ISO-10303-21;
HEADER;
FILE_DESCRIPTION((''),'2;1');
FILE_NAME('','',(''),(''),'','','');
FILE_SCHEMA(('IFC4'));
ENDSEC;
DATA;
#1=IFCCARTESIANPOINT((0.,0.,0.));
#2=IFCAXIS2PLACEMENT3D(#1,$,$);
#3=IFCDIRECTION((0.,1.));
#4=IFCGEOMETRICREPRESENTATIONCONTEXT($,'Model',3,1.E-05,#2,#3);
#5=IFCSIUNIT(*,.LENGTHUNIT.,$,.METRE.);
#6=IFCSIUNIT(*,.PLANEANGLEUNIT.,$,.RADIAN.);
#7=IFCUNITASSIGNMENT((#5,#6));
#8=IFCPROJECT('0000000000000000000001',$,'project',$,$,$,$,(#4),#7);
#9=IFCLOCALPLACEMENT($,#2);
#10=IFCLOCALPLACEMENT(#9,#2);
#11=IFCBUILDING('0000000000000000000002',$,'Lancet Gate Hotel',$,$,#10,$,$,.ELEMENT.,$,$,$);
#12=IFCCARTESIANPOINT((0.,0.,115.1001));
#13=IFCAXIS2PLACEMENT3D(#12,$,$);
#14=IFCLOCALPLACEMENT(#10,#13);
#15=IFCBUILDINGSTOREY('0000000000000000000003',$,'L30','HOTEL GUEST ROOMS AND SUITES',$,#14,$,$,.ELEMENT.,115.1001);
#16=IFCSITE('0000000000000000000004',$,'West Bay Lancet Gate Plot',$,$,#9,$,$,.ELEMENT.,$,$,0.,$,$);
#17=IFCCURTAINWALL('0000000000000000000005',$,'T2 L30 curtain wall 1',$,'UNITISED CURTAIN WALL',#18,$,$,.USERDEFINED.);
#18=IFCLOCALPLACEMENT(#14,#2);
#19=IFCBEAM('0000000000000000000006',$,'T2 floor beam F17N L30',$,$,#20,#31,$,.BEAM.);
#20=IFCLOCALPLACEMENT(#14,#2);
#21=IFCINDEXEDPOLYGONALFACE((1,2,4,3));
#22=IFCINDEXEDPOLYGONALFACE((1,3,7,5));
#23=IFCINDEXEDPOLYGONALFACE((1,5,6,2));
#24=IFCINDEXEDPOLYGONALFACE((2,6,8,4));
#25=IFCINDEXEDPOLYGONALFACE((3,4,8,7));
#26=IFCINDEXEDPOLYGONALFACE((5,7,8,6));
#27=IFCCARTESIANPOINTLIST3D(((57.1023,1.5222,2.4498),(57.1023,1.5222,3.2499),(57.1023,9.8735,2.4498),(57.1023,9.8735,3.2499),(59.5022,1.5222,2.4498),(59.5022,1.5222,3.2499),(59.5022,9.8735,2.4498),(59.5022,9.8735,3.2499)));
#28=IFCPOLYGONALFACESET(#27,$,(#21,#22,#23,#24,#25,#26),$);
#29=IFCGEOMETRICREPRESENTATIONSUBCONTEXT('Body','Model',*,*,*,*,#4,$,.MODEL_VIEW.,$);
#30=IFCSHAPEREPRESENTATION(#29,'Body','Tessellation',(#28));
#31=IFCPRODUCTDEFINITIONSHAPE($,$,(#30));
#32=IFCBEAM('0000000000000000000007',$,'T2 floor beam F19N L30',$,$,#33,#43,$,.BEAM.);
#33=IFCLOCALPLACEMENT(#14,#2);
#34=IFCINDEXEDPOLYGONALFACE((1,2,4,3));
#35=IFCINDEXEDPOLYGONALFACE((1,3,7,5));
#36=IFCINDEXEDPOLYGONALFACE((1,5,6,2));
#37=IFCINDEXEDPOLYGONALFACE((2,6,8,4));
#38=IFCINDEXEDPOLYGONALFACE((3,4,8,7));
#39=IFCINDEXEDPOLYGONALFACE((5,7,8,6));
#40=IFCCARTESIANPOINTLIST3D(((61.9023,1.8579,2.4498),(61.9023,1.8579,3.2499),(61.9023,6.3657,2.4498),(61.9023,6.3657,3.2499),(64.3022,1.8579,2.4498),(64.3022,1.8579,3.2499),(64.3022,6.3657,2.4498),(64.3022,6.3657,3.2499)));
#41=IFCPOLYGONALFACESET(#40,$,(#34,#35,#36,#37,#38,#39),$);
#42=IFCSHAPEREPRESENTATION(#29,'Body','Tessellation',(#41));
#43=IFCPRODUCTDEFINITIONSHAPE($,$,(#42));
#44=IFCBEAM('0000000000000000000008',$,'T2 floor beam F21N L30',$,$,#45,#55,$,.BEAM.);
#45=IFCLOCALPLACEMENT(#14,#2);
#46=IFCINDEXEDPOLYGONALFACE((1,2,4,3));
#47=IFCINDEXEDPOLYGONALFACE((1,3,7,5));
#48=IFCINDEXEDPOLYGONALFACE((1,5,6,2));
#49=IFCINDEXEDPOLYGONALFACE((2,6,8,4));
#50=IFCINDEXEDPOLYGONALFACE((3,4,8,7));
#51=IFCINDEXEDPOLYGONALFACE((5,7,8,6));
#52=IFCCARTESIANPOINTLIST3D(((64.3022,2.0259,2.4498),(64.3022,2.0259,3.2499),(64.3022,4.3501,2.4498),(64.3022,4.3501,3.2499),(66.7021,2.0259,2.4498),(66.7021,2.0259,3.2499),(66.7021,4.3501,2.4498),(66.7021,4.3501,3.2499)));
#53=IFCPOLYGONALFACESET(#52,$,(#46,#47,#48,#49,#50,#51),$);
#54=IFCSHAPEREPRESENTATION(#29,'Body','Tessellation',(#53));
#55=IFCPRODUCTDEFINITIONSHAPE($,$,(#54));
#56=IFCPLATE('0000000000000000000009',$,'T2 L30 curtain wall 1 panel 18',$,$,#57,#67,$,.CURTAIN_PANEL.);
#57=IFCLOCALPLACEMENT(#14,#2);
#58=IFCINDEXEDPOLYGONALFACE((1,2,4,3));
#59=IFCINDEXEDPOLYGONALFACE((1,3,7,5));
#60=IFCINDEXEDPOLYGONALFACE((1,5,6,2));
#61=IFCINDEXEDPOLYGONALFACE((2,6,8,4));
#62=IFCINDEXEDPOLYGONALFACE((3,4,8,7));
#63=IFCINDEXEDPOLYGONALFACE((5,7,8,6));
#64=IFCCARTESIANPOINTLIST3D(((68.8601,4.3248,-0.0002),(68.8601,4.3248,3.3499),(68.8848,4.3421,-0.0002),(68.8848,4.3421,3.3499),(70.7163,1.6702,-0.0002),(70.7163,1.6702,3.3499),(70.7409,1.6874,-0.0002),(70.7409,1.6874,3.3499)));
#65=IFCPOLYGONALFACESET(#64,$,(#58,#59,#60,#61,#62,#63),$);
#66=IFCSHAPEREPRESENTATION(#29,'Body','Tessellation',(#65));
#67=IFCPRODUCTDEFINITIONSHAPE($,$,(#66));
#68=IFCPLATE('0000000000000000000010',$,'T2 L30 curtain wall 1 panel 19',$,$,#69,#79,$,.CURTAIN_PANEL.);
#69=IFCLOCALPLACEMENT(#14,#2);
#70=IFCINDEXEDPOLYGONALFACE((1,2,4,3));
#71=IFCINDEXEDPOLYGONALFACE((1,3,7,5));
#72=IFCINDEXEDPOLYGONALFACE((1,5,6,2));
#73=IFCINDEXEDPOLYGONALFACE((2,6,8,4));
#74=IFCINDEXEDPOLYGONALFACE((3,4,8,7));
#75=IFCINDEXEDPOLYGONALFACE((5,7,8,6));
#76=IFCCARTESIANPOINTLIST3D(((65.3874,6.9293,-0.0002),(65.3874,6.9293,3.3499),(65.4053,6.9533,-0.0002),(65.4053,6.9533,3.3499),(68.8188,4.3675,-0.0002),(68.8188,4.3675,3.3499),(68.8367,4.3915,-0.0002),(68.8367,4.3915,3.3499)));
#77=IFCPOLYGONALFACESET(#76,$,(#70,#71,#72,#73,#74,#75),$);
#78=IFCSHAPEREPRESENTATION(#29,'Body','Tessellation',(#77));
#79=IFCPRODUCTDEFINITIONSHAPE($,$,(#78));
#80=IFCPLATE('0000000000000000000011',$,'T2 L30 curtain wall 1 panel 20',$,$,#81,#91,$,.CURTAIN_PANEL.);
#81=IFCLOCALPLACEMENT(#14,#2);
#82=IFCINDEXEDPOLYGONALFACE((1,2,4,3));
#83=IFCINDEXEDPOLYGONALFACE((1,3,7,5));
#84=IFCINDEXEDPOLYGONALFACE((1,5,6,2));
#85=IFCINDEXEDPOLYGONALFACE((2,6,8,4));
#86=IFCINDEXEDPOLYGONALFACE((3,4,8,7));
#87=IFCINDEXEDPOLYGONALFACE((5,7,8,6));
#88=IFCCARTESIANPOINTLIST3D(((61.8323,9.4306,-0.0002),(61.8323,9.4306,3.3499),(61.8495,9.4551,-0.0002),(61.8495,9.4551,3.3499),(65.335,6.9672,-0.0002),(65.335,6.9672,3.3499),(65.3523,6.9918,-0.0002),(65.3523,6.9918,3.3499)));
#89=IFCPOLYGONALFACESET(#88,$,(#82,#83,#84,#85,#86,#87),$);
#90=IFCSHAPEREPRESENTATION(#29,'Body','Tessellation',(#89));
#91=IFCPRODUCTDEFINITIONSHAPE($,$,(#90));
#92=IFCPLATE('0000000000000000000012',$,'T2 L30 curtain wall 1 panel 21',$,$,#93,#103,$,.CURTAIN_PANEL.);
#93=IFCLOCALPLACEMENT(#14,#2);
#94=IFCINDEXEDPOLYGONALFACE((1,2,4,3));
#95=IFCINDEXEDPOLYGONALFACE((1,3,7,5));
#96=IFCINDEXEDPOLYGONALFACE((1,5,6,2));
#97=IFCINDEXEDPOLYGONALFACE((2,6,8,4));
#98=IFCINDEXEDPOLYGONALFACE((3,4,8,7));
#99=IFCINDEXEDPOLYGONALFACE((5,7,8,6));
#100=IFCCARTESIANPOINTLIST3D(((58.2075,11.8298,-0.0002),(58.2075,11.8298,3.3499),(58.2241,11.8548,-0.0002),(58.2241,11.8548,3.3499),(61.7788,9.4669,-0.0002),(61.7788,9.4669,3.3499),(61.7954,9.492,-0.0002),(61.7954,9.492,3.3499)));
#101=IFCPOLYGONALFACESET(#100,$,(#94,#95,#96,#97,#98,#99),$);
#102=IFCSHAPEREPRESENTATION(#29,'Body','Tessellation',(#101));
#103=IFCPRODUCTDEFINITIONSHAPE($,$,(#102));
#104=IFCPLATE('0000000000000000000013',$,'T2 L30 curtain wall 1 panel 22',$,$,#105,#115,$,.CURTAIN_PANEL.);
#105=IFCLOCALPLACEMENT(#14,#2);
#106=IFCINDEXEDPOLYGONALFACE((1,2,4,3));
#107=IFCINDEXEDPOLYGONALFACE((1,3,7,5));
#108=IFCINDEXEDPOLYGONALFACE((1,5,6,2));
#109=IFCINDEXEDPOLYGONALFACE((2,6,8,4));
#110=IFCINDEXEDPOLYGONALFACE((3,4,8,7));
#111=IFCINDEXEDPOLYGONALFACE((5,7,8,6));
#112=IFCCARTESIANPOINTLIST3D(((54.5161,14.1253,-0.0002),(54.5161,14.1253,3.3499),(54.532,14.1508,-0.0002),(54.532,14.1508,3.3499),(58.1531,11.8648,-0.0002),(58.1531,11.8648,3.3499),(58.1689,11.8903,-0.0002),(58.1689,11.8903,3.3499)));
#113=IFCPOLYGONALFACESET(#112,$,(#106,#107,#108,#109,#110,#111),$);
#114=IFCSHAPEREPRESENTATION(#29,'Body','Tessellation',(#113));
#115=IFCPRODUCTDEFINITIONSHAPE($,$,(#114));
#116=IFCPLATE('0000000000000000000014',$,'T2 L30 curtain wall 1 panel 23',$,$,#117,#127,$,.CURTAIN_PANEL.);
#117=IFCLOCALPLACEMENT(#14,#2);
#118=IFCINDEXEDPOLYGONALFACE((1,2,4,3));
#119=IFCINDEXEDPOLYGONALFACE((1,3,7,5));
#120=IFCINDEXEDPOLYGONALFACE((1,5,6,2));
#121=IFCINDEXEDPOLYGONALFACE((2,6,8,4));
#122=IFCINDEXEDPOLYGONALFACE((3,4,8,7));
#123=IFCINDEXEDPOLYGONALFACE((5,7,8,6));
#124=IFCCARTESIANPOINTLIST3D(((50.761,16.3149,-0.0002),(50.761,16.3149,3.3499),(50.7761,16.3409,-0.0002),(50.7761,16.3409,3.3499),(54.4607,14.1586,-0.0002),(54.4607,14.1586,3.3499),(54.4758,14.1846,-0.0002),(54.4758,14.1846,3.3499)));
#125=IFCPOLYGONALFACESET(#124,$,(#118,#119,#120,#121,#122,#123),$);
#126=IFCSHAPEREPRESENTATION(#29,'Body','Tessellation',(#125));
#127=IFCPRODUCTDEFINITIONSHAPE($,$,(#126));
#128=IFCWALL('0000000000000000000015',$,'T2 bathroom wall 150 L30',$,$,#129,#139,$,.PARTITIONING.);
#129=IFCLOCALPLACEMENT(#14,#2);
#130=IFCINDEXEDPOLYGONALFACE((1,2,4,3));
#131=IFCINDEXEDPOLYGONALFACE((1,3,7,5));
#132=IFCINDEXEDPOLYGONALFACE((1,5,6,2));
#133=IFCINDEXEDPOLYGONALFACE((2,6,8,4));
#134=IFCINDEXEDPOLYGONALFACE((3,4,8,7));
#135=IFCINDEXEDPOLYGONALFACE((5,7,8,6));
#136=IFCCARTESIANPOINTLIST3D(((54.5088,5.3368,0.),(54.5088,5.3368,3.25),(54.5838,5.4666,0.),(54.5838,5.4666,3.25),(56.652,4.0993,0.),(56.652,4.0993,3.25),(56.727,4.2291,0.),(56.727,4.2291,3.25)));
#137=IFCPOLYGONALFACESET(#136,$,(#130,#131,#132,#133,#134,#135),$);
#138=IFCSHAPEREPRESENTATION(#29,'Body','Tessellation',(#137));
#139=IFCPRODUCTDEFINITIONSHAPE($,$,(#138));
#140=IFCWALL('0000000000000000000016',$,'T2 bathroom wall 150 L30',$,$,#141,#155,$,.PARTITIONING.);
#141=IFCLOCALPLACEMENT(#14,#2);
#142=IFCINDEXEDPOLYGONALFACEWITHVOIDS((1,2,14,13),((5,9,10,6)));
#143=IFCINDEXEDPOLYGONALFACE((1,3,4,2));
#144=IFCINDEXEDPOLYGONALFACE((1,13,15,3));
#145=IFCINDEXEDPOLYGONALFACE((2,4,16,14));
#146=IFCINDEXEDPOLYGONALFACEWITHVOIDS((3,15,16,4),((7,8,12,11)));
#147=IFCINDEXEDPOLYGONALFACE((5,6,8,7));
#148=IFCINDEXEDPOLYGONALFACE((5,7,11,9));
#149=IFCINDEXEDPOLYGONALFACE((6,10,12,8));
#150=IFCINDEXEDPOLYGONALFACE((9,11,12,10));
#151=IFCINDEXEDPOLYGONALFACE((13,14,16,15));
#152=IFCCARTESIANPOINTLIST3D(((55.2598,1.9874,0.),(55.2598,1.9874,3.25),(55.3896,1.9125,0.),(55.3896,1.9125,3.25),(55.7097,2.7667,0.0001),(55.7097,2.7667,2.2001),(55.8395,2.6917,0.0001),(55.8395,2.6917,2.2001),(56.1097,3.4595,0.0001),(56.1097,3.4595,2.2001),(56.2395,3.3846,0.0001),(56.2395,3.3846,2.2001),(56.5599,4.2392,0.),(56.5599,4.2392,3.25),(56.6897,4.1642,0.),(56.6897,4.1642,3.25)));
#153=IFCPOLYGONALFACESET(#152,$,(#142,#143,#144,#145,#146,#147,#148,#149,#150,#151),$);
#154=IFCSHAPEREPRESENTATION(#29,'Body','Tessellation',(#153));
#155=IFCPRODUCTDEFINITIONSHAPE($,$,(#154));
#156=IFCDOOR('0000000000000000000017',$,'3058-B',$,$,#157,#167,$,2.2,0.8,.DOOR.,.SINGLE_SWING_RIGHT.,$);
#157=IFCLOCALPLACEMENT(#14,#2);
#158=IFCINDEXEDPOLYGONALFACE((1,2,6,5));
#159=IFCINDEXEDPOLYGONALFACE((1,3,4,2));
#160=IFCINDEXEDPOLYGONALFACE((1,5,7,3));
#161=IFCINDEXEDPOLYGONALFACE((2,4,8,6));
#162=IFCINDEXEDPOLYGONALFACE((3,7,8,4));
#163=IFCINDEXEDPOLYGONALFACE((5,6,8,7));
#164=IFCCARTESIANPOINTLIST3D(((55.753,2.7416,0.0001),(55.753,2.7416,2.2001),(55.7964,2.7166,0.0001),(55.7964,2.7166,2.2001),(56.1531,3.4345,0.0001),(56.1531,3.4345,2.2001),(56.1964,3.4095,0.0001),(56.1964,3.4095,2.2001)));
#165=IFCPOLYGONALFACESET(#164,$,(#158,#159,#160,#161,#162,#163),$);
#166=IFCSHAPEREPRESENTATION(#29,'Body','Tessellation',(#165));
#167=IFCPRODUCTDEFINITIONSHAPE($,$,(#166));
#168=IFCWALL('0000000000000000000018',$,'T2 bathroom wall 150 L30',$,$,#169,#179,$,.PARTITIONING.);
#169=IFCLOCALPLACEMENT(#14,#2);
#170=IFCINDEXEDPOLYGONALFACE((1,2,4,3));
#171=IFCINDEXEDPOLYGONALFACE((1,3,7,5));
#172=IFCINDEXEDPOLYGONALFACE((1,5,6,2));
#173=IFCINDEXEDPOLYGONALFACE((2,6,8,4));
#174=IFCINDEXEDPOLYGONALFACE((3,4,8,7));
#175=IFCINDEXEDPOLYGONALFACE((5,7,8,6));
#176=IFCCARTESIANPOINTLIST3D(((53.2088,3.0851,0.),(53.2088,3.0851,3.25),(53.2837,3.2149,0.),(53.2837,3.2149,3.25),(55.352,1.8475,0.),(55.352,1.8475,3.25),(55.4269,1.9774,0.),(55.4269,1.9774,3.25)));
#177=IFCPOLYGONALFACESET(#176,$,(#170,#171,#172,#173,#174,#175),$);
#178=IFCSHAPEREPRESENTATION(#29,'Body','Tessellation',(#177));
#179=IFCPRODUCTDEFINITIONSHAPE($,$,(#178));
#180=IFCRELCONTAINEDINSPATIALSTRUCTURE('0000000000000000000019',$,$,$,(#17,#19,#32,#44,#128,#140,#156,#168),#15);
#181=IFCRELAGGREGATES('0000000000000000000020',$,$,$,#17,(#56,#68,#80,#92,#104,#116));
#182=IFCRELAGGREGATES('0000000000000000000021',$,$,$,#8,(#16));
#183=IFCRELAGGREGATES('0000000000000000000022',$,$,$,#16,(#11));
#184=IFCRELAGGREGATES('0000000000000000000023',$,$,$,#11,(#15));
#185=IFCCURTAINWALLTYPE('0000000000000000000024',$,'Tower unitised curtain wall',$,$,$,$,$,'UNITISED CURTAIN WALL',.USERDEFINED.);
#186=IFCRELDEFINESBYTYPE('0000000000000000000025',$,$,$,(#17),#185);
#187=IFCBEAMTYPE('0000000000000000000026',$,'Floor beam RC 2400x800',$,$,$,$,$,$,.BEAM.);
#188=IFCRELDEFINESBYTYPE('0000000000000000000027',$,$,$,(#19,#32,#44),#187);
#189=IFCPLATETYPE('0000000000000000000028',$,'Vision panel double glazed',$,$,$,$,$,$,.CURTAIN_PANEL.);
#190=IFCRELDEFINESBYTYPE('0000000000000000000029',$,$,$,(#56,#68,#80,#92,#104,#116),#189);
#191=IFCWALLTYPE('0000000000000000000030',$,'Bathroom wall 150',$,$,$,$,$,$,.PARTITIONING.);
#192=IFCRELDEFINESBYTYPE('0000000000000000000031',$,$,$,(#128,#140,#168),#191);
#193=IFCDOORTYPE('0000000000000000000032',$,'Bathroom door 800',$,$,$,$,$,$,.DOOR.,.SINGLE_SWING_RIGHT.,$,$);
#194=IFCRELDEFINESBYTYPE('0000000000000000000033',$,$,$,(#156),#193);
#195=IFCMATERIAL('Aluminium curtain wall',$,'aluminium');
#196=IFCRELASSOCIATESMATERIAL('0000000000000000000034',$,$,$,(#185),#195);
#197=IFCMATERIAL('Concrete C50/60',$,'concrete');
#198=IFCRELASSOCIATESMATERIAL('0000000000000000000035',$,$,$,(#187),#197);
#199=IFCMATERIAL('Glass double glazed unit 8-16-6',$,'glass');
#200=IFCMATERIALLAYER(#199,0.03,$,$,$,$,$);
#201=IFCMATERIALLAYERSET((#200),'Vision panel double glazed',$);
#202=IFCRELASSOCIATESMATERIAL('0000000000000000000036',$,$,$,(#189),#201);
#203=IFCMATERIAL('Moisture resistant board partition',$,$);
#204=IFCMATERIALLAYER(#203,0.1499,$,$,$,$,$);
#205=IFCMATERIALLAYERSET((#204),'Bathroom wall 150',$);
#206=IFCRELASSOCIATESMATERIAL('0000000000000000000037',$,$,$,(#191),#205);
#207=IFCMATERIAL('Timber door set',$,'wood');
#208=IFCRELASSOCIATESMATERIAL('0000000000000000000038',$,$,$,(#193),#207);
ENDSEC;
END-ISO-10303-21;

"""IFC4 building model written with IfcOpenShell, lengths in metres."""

from ifc_helpers import new_model, si_unit, direction, frame, frame_2d, origin, origin_2d, place, context, subcontext, project, spatial, rectangle, extrude, material, layer, layer_set, material_profile, profile_set, type_object, element, fill, aggregate, save


model = new_model("IFC4")

# Units and contexts
model_context = context("Model", 3, precision=1e-05, world=origin(), true_north=direction((0.0, 1.0)))
body_context = subcontext(model_context, "Body", "Model", "MODEL_VIEW")
ifc_project = project(units=[si_unit("LENGTHUNIT", "METRE"), si_unit("PLANEANGLEUNIT", "RADIAN")], contexts=[model_context])

# Site, building, storey
site_placement = place(None, origin())
site = spatial("IfcSite", under=ifc_project, at=site_placement, Name="West Bay Lancet Gate Plot", CompositionType="ELEMENT", RefElevation=0.0)
building_placement = place(site_placement, origin())
building = spatial("IfcBuilding", under=site, at=building_placement, Name="Lancet Gate Hotel", CompositionType="ELEMENT")
storey_placement = place(building_placement, frame((0.0, 0.0, 115.1001)))
storey = spatial("IfcBuildingStorey", under=building, at=storey_placement, Name="L30", Description="HOTEL GUEST ROOMS AND SUITES", CompositionType="ELEMENT", Elevation=115.1001)

# Curtain wall
ifc_material_1 = material(Name="Aluminium curtain wall", Category="aluminium")
curtain_wall_type = type_object("IfcCurtainWallType", Name="Tower unitised curtain wall", ElementType="UNITISED CURTAIN WALL", PredefinedType="USERDEFINED", material=ifc_material_1)
curtain_wall_placement = place(storey_placement, origin())
curtain_wall = element("IfcCurtainWall", 1, at=curtain_wall_placement, inside=storey, type_object=curtain_wall_type, Name="T2 L30 curtain wall 1", ObjectType="UNITISED CURTAIN WALL", PredefinedType="USERDEFINED")

# Beams
ifc_material_2 = material(Name="Concrete C50/60", Category="concrete")
ifc_material_profile_1 = material_profile(ifc_material_2, rectangle(XDim=2.3999, YDim=0.8, at=origin_2d()), Name="RC 2400x800")
ifc_profile_set_1 = profile_set([ifc_material_profile_1], Name="Concrete C50/60")
beam_type_1 = type_object("IfcBeamType", Name="Floor beam RC 2400x800", PredefinedType="BEAM", material=ifc_profile_set_1)
beam_1_placement = place(storey_placement, frame((58.3022, 1.5222, 2.8499), z_axis=(0.0, 1.0, 0.0), x_axis=(-1.0, 0.0, 0.0)))
element("IfcBeam", 2, at=beam_1_placement, inside=storey, type_object=beam_type_1, Name="T2 floor beam F17N L30", PredefinedType="BEAM", context=body_context, shape_type="SweptSolid", body=[
    extrude(rectangle(XDim=2.3999, YDim=0.8, at=origin_2d()), origin(), (0.0, 0.0, 1.0), 8.3513),
])
beam_2_placement = place(storey_placement, frame((63.1023, 1.8579, 2.8499), z_axis=(0.0, 1.0, 0.0), x_axis=(-1.0, 0.0, 0.0)))
element("IfcBeam", 3, at=beam_2_placement, inside=storey, type_object=beam_type_1, Name="T2 floor beam F19N L30", PredefinedType="BEAM", context=body_context, shape_type="SweptSolid", body=[
    extrude(rectangle(XDim=2.3999, YDim=0.8, at=origin_2d()), origin(), (0.0, 0.0, 1.0), 4.5078),
])
beam_3_placement = place(storey_placement, frame((65.5022, 2.0259, 2.8499), z_axis=(0.0, 1.0, 0.0), x_axis=(-1.0, 0.0, 0.0)))
element("IfcBeam", 4, at=beam_3_placement, inside=storey, type_object=beam_type_1, Name="T2 floor beam F21N L30", PredefinedType="BEAM", context=body_context, shape_type="SweptSolid", body=[
    extrude(rectangle(XDim=2.3999, YDim=0.8, at=origin_2d()), origin(), (0.0, 0.0, 1.0), 2.3242),
])

# Plates
ifc_material_3 = material(Name="Glass double glazed unit 8-16-6", Category="glass")
ifc_layer_1 = layer(ifc_material_3, 0.03)
ifc_layer_set_1 = layer_set([ifc_layer_1], Name="Vision panel double glazed")
plate_type = type_object("IfcPlateType", Name="Vision panel double glazed", PredefinedType="CURTAIN_PANEL", material=ifc_layer_set_1)
plate_1_placement = place(storey_placement, frame((69.8005, 3.0061, -0.0002), z_axis=(0.0, 0.0, 1.0), x_axis=(-0.573025, 0.819538, 0.0)))
plate_1 = element("IfcPlate", 5, at=plate_1_placement, type_object=plate_type, Name="T2 L30 curtain wall 1 panel 18", PredefinedType="CURTAIN_PANEL", context=body_context, shape_type="SweptSolid", body=[
    extrude(rectangle(XDim=3.2393, YDim=0.03, at=origin_2d()), origin(), (0.0, 0.0, 1.0), 3.3501),
])
plate_2_placement = place(storey_placement, frame((67.1121, 5.6604, -0.0002), z_axis=(0.0, 0.0, 1.0), x_axis=(-0.801314, 0.598244, 0.0)))
plate_2 = element("IfcPlate", 6, at=plate_2_placement, type_object=plate_type, Name="T2 L30 curtain wall 1 panel 19", PredefinedType="CURTAIN_PANEL", context=body_context, shape_type="SweptSolid", body=[
    extrude(rectangle(XDim=4.2822, YDim=0.03, at=origin_2d()), origin(), (0.0, 0.0, 1.0), 3.3501),
])
plate_3_placement = place(storey_placement, frame((63.5923, 8.2112, -0.0002), z_axis=(0.0, 0.0, 1.0), x_axis=(-0.817979, 0.575247, 0.0)))
plate_3 = element("IfcPlate", 7, at=plate_3_placement, type_object=plate_type, Name="T2 L30 curtain wall 1 panel 20", PredefinedType="CURTAIN_PANEL", context=body_context, shape_type="SweptSolid", body=[
    extrude(rectangle(XDim=4.2822, YDim=0.03, at=origin_2d()), origin(), (0.0, 0.0, 1.0), 3.3501),
])
plate_4_placement = place(storey_placement, frame((60.0015, 10.6609, -0.0002), z_axis=(0.0, 0.0, 1.0), x_axis=(-0.833985, 0.551787, 0.0)))
plate_4 = element("IfcPlate", 8, at=plate_4_placement, type_object=plate_type, Name="T2 L30 curtain wall 1 panel 21", PredefinedType="CURTAIN_PANEL", context=body_context, shape_type="SweptSolid", body=[
    extrude(rectangle(XDim=4.2822, YDim=0.03, at=origin_2d()), origin(), (0.0, 0.0, 1.0), 3.3501),
])
plate_5_placement = place(storey_placement, frame((56.3425, 13.0078, -0.0002), z_axis=(0.0, 0.0, 1.0), x_axis=(-0.849318, 0.527882, 0.0)))
plate_5 = element("IfcPlate", 9, at=plate_5_placement, type_object=plate_type, Name="T2 L30 curtain wall 1 panel 22", PredefinedType="CURTAIN_PANEL", context=body_context, shape_type="SweptSolid", body=[
    extrude(rectangle(XDim=4.2822, YDim=0.03, at=origin_2d()), origin(), (0.0, 0.0, 1.0), 3.3501),
])
plate_6_placement = place(storey_placement, frame((52.6184, 15.2498, -0.0002), z_axis=(0.0, 0.0, 1.0), x_axis=(-0.863966, 0.503551, 0.0)))
plate_6 = element("IfcPlate", 10, at=plate_6_placement, type_object=plate_type, Name="T2 L30 curtain wall 1 panel 23", PredefinedType="CURTAIN_PANEL", context=body_context, shape_type="SweptSolid", body=[
    extrude(rectangle(XDim=4.2822, YDim=0.03, at=origin_2d()), origin(), (0.0, 0.0, 1.0), 3.3501),
])
aggregate(curtain_wall, [plate_1, plate_2, plate_3, plate_4, plate_5, plate_6])

# Wall
ifc_material_4 = material(Name="Moisture resistant board partition")
ifc_layer_2 = layer(ifc_material_4, 0.1499)
ifc_layer_set_2 = layer_set([ifc_layer_2], Name="Bathroom wall 150")
wall_type = type_object("IfcWallType", Name="Bathroom wall 150", PredefinedType="PARTITIONING", material=ifc_layer_set_2)
wall_1_placement = place(storey_placement, frame((54.5464, 5.4016, 0.0), z_axis=(0.0, 0.0, 1.0), x_axis=(0.866007, -0.500033, 0.0)))
element("IfcWall", 11, at=wall_1_placement, inside=storey, type_object=wall_type, Name="T2 bathroom wall 150 L30", PredefinedType="PARTITIONING", context=body_context, shape_type="SweptSolid", body=[
    extrude(rectangle(XDim=2.4749, YDim=0.1499, at=frame_2d((1.2373, 0.0))), origin(), (0.0, 0.0, 1.0), 3.25),
])

# Wall, opening, door
wall_2_placement = place(storey_placement, frame((55.3247, 1.95, 0.0), z_axis=(0.0, 0.0, 1.0), x_axis=(0.500007, 0.866021, 0.0)))
wall_2 = element("IfcWall", 12, at=wall_2_placement, inside=storey, type_object=wall_type, Name="T2 bathroom wall 150 L30", PredefinedType="PARTITIONING", context=body_context, shape_type="SweptSolid", body=[
    extrude(rectangle(XDim=2.6001, YDim=0.1499, at=frame_2d((1.3, 0.0))), origin(), (0.0, 0.0, 1.0), 3.25),
])
opening_placement = place(wall_2_placement, frame((0.8999, 0.0, 0.0)))
opening = element("IfcOpeningElement", 13, at=opening_placement, cuts=wall_2, PredefinedType="OPENING", context=body_context, shape_type="SweptSolid", body=[
    extrude(rectangle(XDim=0.8, YDim=2.2, at=frame_2d((0.3999, 1.1001))), frame((0.0, 0.085, 0.0), z_axis=(0.0, -1.0, 0.0), x_axis=(1.0, 0.0, 0.0)), (0.0, 0.0, 1.0), 0.1699),
])
ifc_material_5 = material(Name="Timber door set", Category="wood")
door_type = type_object("IfcDoorType", Name="Bathroom door 800", OperationType="SINGLE_SWING_RIGHT", PredefinedType="DOOR", material=ifc_material_5)
door_placement = place(opening_placement, origin())
door = element("IfcDoor", 14, at=door_placement, inside=storey, type_object=door_type, Name="3058-B", OperationType="SINGLE_SWING_RIGHT", OverallHeight=2.2, OverallWidth=0.8, PredefinedType="DOOR", context=body_context, shape_type="SweptSolid", body=[
    extrude(rectangle(XDim=0.8, YDim=2.2, at=frame_2d((0.3999, 1.1001))), frame((0.0, 0.0249, 0.0), z_axis=(0.0, -1.0, 0.0), x_axis=(1.0, 0.0, 0.0)), (0.0, 0.0, 1.0), 0.05),
])
fill(opening, door)

# Wall
wall_3_placement = place(storey_placement, frame((53.2463, 3.1499, 0.0), z_axis=(0.0, 0.0, 1.0), x_axis=(0.866007, -0.500033, 0.0)))
element("IfcWall", 15, at=wall_3_placement, inside=storey, type_object=wall_type, Name="T2 bathroom wall 150 L30", PredefinedType="PARTITIONING", context=body_context, shape_type="SweptSolid", body=[
    extrude(rectangle(XDim=2.4749, YDim=0.1499, at=frame_2d((1.2373, 0.0))), origin(), (0.0, 0.0, 1.0), 3.25),
])

save(model, "model.ifc")
